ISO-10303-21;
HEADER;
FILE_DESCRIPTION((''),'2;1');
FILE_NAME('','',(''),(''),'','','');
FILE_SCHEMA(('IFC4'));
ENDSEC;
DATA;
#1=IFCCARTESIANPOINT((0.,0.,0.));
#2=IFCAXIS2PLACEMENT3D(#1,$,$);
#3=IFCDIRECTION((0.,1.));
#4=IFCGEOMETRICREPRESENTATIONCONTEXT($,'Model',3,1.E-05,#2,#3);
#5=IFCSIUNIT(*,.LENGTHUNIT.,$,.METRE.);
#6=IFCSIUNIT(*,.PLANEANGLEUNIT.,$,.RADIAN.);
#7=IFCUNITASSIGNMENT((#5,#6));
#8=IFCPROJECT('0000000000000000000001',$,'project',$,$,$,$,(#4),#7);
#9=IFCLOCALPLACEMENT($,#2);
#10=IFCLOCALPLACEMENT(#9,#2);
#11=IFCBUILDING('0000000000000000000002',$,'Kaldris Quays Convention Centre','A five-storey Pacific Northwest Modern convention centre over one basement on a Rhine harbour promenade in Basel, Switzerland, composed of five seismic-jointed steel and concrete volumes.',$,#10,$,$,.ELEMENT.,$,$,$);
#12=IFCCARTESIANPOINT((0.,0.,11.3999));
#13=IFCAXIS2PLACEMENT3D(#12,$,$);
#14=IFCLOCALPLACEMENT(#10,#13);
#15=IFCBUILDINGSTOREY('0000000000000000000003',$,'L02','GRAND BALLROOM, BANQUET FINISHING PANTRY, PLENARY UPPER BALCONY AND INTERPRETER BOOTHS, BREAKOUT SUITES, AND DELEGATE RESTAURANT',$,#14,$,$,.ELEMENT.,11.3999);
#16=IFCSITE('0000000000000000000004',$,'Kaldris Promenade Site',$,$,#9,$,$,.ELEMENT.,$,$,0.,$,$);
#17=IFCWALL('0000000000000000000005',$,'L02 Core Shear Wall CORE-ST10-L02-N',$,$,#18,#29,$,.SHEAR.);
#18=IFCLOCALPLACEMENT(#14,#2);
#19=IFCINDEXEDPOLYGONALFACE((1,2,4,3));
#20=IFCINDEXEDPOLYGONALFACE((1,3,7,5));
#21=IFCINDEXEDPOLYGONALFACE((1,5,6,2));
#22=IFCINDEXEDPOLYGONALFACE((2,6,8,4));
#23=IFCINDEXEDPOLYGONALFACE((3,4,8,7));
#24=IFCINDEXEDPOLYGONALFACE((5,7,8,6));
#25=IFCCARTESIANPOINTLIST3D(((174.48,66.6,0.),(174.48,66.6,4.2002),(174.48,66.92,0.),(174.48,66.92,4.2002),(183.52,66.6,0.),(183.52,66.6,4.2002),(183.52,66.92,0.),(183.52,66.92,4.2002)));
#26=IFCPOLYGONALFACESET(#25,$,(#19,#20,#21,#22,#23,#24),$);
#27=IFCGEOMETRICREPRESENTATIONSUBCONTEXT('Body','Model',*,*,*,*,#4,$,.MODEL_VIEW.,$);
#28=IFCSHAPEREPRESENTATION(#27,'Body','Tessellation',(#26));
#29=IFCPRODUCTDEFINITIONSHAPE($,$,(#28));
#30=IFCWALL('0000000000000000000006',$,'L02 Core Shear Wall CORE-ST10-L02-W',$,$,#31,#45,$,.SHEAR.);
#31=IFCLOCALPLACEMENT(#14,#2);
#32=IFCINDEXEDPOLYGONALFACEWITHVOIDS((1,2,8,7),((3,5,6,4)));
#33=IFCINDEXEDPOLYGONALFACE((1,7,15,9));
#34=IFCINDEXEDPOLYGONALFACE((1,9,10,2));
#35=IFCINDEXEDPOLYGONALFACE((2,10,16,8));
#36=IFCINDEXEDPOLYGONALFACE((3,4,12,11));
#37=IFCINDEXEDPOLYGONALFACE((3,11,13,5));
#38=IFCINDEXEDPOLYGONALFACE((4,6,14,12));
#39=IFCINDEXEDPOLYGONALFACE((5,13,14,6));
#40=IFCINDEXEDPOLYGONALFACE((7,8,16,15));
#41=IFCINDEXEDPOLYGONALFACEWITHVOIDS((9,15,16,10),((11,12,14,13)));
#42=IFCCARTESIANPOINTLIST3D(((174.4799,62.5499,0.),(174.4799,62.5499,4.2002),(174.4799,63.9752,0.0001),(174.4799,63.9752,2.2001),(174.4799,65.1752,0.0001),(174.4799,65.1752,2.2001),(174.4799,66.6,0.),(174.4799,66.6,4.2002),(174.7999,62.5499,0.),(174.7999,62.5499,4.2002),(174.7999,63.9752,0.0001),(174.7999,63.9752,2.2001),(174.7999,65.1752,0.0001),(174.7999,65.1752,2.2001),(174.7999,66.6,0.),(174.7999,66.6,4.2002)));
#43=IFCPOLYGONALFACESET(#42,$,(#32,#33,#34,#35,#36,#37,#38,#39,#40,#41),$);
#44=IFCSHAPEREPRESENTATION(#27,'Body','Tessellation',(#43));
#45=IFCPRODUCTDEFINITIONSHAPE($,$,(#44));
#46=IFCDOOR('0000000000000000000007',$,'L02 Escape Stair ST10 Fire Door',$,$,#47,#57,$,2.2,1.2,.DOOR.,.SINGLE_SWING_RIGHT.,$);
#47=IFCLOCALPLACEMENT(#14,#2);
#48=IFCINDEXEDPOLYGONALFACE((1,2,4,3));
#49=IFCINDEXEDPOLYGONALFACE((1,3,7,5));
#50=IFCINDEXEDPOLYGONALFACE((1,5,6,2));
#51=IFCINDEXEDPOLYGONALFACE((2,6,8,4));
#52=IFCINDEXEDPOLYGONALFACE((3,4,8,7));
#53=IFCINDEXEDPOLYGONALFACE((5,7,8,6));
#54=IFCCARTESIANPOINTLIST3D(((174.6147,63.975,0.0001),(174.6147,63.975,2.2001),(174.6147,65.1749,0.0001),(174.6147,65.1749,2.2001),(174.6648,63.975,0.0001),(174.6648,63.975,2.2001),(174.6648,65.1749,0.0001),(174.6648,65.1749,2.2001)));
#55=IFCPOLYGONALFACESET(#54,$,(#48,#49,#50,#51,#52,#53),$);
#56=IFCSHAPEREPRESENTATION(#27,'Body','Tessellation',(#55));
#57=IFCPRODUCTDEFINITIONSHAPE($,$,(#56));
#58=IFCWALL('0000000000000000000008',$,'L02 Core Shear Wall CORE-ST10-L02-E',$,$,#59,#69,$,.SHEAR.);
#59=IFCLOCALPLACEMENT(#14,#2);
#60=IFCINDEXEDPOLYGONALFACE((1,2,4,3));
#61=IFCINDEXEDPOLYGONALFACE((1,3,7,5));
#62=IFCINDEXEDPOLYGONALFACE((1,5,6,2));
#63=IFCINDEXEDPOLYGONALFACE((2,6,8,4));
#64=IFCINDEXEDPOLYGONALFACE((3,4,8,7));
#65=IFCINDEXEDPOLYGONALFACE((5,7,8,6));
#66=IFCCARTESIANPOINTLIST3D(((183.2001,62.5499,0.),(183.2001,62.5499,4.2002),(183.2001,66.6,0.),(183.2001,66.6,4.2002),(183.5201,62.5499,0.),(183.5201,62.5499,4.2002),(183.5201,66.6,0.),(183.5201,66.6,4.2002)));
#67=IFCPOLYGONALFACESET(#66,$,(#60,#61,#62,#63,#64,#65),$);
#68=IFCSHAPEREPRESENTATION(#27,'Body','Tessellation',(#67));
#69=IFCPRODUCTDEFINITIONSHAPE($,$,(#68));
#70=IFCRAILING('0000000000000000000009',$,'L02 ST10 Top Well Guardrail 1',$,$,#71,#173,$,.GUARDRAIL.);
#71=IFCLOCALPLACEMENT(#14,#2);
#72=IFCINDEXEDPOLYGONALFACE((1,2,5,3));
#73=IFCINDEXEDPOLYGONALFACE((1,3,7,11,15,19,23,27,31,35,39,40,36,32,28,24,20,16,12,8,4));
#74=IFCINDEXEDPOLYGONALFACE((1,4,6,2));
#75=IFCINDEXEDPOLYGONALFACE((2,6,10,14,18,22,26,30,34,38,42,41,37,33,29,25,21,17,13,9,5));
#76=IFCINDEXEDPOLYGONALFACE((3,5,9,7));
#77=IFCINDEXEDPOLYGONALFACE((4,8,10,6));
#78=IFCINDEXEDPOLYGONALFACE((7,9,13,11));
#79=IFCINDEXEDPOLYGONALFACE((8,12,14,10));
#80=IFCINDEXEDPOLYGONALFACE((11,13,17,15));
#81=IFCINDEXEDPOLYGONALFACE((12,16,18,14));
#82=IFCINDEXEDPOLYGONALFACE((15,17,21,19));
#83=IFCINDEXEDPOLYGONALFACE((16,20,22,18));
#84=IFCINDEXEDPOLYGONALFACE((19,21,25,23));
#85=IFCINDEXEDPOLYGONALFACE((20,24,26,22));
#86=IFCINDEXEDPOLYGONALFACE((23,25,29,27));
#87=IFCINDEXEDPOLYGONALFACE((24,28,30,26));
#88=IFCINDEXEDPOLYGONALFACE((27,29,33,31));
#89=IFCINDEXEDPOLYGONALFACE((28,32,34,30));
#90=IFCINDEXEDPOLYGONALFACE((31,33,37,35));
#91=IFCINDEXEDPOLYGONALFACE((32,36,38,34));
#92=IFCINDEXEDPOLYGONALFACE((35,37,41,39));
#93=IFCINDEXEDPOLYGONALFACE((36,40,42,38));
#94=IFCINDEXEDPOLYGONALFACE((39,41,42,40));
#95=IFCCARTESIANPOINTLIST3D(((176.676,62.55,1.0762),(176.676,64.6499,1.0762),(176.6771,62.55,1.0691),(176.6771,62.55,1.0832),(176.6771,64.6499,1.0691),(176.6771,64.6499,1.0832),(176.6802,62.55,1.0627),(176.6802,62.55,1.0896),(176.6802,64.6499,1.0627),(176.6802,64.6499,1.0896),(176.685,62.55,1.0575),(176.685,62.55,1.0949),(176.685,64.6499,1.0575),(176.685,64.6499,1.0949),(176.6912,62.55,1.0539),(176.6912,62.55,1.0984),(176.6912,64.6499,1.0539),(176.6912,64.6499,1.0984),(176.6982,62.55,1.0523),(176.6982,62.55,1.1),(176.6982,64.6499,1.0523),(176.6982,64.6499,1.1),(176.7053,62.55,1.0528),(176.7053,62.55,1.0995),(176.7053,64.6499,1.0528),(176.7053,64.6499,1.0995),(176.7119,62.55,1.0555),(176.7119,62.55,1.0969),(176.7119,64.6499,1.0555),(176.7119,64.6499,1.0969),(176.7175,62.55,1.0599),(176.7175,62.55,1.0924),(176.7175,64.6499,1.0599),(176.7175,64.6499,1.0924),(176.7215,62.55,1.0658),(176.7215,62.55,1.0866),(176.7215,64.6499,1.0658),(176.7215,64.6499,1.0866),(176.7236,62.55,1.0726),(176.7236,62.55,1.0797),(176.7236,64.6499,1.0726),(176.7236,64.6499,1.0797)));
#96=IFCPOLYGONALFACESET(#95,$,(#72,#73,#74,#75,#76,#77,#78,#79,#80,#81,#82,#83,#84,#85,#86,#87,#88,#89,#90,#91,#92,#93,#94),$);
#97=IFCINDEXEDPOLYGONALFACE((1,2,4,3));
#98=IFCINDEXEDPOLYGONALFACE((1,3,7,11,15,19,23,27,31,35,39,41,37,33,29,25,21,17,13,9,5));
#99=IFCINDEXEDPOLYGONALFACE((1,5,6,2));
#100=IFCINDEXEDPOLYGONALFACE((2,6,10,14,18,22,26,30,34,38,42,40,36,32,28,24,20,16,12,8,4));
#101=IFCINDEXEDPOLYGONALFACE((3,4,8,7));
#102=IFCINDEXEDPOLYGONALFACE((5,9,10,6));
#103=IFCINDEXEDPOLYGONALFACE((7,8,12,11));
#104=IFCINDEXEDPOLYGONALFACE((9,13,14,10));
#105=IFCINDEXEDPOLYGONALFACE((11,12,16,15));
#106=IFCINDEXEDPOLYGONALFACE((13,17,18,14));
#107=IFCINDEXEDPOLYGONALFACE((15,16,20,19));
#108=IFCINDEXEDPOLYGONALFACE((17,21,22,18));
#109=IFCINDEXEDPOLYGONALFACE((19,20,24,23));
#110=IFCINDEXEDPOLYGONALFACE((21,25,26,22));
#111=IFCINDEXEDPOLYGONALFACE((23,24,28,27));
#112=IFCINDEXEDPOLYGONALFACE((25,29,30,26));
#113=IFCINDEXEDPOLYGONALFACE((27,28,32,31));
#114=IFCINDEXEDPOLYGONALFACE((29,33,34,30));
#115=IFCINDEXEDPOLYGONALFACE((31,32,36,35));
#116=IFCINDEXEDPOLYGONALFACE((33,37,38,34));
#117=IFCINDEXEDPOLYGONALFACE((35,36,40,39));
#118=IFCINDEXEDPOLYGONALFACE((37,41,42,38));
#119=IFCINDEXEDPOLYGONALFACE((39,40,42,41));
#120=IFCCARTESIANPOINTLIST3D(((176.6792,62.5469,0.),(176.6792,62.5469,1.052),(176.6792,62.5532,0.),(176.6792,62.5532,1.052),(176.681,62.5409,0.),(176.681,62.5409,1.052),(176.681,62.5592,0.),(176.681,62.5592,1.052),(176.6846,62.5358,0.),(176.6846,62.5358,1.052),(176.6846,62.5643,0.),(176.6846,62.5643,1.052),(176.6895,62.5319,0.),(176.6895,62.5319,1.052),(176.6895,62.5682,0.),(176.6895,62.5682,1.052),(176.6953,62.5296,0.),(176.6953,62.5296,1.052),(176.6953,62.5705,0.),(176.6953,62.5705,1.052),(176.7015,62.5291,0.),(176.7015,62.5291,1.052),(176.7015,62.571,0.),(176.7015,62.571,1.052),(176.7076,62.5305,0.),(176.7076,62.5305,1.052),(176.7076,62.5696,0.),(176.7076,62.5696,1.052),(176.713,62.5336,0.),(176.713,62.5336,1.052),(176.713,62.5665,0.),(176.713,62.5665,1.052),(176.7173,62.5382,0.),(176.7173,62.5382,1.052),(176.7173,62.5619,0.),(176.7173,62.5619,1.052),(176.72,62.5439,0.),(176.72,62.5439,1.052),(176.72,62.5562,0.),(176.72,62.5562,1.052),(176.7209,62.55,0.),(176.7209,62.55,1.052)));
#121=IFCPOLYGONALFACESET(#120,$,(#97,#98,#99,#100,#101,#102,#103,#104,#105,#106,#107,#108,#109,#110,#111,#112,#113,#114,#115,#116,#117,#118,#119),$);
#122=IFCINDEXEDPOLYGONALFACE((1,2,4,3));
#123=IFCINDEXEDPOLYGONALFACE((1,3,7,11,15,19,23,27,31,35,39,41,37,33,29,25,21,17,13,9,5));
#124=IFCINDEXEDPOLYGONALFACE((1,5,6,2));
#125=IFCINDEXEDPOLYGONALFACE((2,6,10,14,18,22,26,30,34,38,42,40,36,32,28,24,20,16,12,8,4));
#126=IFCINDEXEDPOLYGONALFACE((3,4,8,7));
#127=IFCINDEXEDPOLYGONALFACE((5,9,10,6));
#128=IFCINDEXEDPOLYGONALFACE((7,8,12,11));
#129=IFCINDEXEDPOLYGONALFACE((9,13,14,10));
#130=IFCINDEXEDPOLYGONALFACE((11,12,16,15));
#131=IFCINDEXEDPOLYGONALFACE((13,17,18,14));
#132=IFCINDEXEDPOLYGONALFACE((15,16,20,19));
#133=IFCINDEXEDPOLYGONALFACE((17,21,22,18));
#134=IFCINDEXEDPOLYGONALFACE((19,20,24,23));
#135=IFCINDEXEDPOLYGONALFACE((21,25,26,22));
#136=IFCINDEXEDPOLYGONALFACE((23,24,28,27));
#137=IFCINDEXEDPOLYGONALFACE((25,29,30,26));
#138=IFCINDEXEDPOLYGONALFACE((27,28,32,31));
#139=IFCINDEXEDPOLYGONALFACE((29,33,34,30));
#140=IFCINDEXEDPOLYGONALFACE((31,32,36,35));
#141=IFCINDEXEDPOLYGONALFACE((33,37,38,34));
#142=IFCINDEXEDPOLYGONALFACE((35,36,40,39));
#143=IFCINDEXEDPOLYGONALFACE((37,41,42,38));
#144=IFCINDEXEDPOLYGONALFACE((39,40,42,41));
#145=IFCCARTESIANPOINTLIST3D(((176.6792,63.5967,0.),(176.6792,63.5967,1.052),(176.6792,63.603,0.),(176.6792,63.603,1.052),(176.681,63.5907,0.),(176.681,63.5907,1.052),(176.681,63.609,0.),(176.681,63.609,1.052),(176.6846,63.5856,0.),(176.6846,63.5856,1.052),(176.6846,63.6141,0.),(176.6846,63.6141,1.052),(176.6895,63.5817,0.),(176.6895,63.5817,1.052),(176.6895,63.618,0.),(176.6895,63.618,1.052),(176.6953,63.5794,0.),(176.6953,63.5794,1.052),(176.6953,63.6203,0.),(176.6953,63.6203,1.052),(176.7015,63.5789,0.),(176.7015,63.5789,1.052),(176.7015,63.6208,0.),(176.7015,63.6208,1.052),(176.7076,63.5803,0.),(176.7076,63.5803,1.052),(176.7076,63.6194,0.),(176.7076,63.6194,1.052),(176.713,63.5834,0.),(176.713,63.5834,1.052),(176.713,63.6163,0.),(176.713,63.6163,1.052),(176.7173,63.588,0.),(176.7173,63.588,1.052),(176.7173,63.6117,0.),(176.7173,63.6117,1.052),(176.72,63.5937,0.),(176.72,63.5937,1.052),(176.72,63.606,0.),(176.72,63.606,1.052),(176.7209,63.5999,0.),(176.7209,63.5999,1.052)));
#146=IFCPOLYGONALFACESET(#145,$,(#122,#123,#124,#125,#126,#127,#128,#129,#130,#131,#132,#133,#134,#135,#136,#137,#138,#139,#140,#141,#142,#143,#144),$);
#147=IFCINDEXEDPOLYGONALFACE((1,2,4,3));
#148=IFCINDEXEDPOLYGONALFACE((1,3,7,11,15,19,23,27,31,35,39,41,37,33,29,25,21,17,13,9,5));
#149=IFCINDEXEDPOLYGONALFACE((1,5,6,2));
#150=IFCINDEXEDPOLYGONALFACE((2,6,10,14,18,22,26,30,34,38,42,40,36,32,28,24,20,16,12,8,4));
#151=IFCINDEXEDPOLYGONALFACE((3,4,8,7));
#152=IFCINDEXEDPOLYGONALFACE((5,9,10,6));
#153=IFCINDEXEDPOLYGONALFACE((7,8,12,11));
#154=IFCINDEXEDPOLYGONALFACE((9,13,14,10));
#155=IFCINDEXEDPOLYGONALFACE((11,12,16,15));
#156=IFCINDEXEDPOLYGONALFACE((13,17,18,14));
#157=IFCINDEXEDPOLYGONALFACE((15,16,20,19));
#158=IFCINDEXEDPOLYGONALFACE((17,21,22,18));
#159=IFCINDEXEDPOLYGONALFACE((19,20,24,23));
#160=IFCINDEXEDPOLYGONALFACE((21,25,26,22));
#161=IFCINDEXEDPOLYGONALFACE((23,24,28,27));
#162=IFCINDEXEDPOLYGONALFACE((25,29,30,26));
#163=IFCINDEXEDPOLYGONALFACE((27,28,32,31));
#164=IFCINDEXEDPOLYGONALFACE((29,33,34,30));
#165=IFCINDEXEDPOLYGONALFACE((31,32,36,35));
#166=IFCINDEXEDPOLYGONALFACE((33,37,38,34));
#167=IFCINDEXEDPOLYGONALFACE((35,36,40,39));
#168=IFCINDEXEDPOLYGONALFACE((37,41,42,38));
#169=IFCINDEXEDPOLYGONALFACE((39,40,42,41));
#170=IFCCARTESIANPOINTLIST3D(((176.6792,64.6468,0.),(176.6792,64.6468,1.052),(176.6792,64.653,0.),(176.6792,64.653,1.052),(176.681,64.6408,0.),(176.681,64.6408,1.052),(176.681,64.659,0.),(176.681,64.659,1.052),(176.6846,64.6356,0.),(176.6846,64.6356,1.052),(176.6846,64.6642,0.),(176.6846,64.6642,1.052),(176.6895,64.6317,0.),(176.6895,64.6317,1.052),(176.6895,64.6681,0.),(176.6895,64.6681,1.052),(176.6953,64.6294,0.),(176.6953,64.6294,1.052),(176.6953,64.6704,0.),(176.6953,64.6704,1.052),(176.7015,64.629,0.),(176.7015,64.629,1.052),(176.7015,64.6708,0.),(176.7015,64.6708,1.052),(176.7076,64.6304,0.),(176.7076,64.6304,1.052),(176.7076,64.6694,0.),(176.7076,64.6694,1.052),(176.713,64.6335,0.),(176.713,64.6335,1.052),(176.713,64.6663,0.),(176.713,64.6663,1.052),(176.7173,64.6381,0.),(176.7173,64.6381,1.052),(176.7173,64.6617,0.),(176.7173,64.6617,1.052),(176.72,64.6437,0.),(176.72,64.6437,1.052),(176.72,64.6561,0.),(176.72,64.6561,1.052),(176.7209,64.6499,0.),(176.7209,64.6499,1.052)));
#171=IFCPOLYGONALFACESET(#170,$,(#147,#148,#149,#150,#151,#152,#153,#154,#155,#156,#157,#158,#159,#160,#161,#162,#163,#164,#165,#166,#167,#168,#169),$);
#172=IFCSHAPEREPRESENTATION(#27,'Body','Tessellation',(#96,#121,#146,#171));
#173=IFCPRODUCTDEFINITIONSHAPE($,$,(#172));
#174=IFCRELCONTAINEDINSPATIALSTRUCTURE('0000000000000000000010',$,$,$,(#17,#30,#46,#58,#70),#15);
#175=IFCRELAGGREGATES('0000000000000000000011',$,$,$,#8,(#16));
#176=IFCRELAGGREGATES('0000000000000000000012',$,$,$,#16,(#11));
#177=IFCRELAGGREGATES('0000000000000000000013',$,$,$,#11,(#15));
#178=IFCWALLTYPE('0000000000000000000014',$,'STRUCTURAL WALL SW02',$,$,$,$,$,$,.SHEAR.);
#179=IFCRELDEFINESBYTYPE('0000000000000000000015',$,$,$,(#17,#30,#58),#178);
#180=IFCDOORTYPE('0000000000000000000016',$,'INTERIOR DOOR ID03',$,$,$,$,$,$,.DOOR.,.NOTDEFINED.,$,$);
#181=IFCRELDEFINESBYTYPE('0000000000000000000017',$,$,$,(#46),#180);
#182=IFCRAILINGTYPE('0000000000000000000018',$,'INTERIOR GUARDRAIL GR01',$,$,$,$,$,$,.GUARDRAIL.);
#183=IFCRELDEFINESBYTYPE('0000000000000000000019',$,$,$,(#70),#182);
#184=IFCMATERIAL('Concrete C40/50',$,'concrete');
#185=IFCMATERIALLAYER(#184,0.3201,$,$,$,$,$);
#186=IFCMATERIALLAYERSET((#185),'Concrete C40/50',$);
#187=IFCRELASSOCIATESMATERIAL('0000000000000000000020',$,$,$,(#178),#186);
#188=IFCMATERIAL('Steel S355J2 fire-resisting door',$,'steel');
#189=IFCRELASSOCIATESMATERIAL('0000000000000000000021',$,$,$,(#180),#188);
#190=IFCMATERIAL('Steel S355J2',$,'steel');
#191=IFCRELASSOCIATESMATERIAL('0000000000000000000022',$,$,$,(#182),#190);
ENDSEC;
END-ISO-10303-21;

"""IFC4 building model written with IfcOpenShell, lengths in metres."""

from ifc_helpers import new_model, si_unit, direction, frame, frame_2d, origin, origin_2d, place, context, subcontext, project, spatial, rectangle, circle, extrude, material, layer, layer_set, type_object, element, fill, save


model = new_model("IFC4")

# Units and contexts
model_context = context("Model", 3, precision=1e-05, world=origin(), true_north=direction((0.0, 1.0)))
body_context = subcontext(model_context, "Body", "Model", "MODEL_VIEW")
ifc_project = project(units=[si_unit("LENGTHUNIT", "METRE"), si_unit("PLANEANGLEUNIT", "RADIAN")], contexts=[model_context])

# Site, building, storey
site_placement = place(None, origin())
site = spatial("IfcSite", under=ifc_project, at=site_placement, Name="Kaldris Promenade Site", CompositionType="ELEMENT", RefElevation=0.0)
building_placement = place(site_placement, origin())
building = spatial("IfcBuilding", under=site, at=building_placement, Name="Kaldris Quays Convention Centre", Description="A five-storey Pacific Northwest Modern convention centre over one basement on a Rhine harbour promenade in Basel, Switzerland, composed of five seismic-jointed steel and concrete volumes.", CompositionType="ELEMENT")
storey_placement = place(building_placement, frame((0.0, 0.0, 11.3999)))
storey = spatial("IfcBuildingStorey", under=building, at=storey_placement, Name="L02", Description="GRAND BALLROOM, BANQUET FINISHING PANTRY, PLENARY UPPER BALCONY AND INTERPRETER BOOTHS, BREAKOUT SUITES, AND DELEGATE RESTAURANT", CompositionType="ELEMENT", Elevation=11.3999)

# Shared definitions
ifc_material_1 = material(Name="Steel S355J2", Category="steel")

# Wall
ifc_material_2 = material(Name="Concrete C40/50", Category="concrete")
ifc_layer_1 = layer(ifc_material_2, 0.3201)
ifc_layer_set_1 = layer_set([ifc_layer_1], Name="Concrete C40/50")
wall_type = type_object("IfcWallType", Name="STRUCTURAL WALL SW02", PredefinedType="SHEAR", material=ifc_layer_set_1)
for number, where, z_axis, x_axis, name in (
    (1, (174.48, 66.76, 0.0), (0.0, 0.0, 1.0), (1.0, 0.0, 0.0), "L02 Core Shear Wall CORE-ST10-L02-N"),
):
    element("IfcWall", number, at=place(storey_placement, frame(where, z_axis=z_axis, x_axis=x_axis)), inside=storey, type_object=wall_type, Name=name, PredefinedType="SHEAR", context=body_context, shape_type="SweptSolid", body=[
        extrude(rectangle(XDim=9.04, YDim=0.3201, at=frame_2d((4.52, 0.0))), origin(), (0.0, 0.0, 1.0), 4.2002),
    ])

# Wall, opening, door
wall_1_placement = place(storey_placement, frame((174.6399, 62.55, 0.0), z_axis=(0.0, 0.0, 1.0), x_axis=(0.0, 1.0, 0.0)))
wall_1 = element("IfcWall", 2, at=wall_1_placement, inside=storey, type_object=wall_type, Name="L02 Core Shear Wall CORE-ST10-L02-W", PredefinedType="SHEAR", context=body_context, shape_type="SweptSolid", body=[
    extrude(rectangle(XDim=4.05, YDim=0.3201, at=frame_2d((2.0249, 0.0))), origin(), (0.0, 0.0, 1.0), 4.2002),
])
opening_placement = place(wall_1_placement, frame((1.425, 0.0, 0.0)))
opening = element("IfcOpeningElement", 3, at=opening_placement, cuts=wall_1, PredefinedType="OPENING", context=body_context, shape_type="SweptSolid", body=[
    extrude(rectangle(XDim=1.2, YDim=2.2, at=frame_2d((0.6001, 1.1001))), frame((0.0, 0.1699, 0.0), z_axis=(0.0, -1.0, 0.0), x_axis=(1.0, 0.0, 0.0)), (0.0, 0.0, 1.0), 0.3401),
])
ifc_material_3 = material(Name="Steel S355J2 fire-resisting door", Category="steel")
door_type = type_object("IfcDoorType", Name="INTERIOR DOOR ID03", OperationType="NOTDEFINED", PredefinedType="DOOR", material=ifc_material_3)
door_placement = place(opening_placement, frame((1.2, 0.0, 0.0), z_axis=(0.0, 0.0, 1.0), x_axis=(-1.0, 0.0, 0.0)))
door = element("IfcDoor", 4, at=door_placement, inside=storey, type_object=door_type, Name="L02 Escape Stair ST10 Fire Door", OperationType="SINGLE_SWING_RIGHT", OverallHeight=2.2, OverallWidth=1.2, PredefinedType="DOOR", context=body_context, shape_type="SweptSolid", body=[
    extrude(rectangle(XDim=1.2, YDim=2.2, at=frame_2d((0.6001, 1.1001))), frame((0.0, 0.0249, 0.0), z_axis=(0.0, -1.0, 0.0), x_axis=(1.0, 0.0, 0.0)), (0.0, 0.0, 1.0), 0.05),
])
fill(opening, door)

# Wall
wall_2_placement = place(storey_placement, frame((183.3601, 62.55, 0.0), z_axis=(0.0, 0.0, 1.0), x_axis=(0.0, 1.0, 0.0)))
element("IfcWall", 5, at=wall_2_placement, inside=storey, type_object=wall_type, Name="L02 Core Shear Wall CORE-ST10-L02-E", PredefinedType="SHEAR", context=body_context, shape_type="SweptSolid", body=[
    extrude(rectangle(XDim=4.05, YDim=0.3201, at=frame_2d((2.0249, 0.0))), origin(), (0.0, 0.0, 1.0), 4.2002),
])

# Railing
railing_type = type_object("IfcRailingType", Name="INTERIOR GUARDRAIL GR01", PredefinedType="GUARDRAIL", material=ifc_material_1)
railing_placement = place(storey_placement, frame((176.7, 62.55, 0.0)))
element("IfcRailing", 6, at=railing_placement, inside=storey, type_object=railing_type, Name="L02 ST10 Top Well Guardrail 1", PredefinedType="GUARDRAIL", context=body_context, shape_type="SweptSolid", body=[
    extrude(circle(Radius=0.0239, at=origin_2d()), frame((0.0, 0.0, 1.0762), z_axis=(0.0, 1.0, 0.0), x_axis=(-1.0, 0.0, 0.0)), (0.0, 0.0, 1.0), 2.0999),
    extrude(circle(Radius=0.021, at=origin_2d()), origin(), (0.0, 0.0, 1.0), 1.052),
    extrude(circle(Radius=0.021, at=origin_2d()), frame((0.0, 1.0498, 0.0)), (0.0, 0.0, 1.0), 1.052),
    extrude(circle(Radius=0.021, at=origin_2d()), frame((0.0, 2.0999, 0.0)), (0.0, 0.0, 1.0), 1.052),
])

save(model, "model.ifc")
